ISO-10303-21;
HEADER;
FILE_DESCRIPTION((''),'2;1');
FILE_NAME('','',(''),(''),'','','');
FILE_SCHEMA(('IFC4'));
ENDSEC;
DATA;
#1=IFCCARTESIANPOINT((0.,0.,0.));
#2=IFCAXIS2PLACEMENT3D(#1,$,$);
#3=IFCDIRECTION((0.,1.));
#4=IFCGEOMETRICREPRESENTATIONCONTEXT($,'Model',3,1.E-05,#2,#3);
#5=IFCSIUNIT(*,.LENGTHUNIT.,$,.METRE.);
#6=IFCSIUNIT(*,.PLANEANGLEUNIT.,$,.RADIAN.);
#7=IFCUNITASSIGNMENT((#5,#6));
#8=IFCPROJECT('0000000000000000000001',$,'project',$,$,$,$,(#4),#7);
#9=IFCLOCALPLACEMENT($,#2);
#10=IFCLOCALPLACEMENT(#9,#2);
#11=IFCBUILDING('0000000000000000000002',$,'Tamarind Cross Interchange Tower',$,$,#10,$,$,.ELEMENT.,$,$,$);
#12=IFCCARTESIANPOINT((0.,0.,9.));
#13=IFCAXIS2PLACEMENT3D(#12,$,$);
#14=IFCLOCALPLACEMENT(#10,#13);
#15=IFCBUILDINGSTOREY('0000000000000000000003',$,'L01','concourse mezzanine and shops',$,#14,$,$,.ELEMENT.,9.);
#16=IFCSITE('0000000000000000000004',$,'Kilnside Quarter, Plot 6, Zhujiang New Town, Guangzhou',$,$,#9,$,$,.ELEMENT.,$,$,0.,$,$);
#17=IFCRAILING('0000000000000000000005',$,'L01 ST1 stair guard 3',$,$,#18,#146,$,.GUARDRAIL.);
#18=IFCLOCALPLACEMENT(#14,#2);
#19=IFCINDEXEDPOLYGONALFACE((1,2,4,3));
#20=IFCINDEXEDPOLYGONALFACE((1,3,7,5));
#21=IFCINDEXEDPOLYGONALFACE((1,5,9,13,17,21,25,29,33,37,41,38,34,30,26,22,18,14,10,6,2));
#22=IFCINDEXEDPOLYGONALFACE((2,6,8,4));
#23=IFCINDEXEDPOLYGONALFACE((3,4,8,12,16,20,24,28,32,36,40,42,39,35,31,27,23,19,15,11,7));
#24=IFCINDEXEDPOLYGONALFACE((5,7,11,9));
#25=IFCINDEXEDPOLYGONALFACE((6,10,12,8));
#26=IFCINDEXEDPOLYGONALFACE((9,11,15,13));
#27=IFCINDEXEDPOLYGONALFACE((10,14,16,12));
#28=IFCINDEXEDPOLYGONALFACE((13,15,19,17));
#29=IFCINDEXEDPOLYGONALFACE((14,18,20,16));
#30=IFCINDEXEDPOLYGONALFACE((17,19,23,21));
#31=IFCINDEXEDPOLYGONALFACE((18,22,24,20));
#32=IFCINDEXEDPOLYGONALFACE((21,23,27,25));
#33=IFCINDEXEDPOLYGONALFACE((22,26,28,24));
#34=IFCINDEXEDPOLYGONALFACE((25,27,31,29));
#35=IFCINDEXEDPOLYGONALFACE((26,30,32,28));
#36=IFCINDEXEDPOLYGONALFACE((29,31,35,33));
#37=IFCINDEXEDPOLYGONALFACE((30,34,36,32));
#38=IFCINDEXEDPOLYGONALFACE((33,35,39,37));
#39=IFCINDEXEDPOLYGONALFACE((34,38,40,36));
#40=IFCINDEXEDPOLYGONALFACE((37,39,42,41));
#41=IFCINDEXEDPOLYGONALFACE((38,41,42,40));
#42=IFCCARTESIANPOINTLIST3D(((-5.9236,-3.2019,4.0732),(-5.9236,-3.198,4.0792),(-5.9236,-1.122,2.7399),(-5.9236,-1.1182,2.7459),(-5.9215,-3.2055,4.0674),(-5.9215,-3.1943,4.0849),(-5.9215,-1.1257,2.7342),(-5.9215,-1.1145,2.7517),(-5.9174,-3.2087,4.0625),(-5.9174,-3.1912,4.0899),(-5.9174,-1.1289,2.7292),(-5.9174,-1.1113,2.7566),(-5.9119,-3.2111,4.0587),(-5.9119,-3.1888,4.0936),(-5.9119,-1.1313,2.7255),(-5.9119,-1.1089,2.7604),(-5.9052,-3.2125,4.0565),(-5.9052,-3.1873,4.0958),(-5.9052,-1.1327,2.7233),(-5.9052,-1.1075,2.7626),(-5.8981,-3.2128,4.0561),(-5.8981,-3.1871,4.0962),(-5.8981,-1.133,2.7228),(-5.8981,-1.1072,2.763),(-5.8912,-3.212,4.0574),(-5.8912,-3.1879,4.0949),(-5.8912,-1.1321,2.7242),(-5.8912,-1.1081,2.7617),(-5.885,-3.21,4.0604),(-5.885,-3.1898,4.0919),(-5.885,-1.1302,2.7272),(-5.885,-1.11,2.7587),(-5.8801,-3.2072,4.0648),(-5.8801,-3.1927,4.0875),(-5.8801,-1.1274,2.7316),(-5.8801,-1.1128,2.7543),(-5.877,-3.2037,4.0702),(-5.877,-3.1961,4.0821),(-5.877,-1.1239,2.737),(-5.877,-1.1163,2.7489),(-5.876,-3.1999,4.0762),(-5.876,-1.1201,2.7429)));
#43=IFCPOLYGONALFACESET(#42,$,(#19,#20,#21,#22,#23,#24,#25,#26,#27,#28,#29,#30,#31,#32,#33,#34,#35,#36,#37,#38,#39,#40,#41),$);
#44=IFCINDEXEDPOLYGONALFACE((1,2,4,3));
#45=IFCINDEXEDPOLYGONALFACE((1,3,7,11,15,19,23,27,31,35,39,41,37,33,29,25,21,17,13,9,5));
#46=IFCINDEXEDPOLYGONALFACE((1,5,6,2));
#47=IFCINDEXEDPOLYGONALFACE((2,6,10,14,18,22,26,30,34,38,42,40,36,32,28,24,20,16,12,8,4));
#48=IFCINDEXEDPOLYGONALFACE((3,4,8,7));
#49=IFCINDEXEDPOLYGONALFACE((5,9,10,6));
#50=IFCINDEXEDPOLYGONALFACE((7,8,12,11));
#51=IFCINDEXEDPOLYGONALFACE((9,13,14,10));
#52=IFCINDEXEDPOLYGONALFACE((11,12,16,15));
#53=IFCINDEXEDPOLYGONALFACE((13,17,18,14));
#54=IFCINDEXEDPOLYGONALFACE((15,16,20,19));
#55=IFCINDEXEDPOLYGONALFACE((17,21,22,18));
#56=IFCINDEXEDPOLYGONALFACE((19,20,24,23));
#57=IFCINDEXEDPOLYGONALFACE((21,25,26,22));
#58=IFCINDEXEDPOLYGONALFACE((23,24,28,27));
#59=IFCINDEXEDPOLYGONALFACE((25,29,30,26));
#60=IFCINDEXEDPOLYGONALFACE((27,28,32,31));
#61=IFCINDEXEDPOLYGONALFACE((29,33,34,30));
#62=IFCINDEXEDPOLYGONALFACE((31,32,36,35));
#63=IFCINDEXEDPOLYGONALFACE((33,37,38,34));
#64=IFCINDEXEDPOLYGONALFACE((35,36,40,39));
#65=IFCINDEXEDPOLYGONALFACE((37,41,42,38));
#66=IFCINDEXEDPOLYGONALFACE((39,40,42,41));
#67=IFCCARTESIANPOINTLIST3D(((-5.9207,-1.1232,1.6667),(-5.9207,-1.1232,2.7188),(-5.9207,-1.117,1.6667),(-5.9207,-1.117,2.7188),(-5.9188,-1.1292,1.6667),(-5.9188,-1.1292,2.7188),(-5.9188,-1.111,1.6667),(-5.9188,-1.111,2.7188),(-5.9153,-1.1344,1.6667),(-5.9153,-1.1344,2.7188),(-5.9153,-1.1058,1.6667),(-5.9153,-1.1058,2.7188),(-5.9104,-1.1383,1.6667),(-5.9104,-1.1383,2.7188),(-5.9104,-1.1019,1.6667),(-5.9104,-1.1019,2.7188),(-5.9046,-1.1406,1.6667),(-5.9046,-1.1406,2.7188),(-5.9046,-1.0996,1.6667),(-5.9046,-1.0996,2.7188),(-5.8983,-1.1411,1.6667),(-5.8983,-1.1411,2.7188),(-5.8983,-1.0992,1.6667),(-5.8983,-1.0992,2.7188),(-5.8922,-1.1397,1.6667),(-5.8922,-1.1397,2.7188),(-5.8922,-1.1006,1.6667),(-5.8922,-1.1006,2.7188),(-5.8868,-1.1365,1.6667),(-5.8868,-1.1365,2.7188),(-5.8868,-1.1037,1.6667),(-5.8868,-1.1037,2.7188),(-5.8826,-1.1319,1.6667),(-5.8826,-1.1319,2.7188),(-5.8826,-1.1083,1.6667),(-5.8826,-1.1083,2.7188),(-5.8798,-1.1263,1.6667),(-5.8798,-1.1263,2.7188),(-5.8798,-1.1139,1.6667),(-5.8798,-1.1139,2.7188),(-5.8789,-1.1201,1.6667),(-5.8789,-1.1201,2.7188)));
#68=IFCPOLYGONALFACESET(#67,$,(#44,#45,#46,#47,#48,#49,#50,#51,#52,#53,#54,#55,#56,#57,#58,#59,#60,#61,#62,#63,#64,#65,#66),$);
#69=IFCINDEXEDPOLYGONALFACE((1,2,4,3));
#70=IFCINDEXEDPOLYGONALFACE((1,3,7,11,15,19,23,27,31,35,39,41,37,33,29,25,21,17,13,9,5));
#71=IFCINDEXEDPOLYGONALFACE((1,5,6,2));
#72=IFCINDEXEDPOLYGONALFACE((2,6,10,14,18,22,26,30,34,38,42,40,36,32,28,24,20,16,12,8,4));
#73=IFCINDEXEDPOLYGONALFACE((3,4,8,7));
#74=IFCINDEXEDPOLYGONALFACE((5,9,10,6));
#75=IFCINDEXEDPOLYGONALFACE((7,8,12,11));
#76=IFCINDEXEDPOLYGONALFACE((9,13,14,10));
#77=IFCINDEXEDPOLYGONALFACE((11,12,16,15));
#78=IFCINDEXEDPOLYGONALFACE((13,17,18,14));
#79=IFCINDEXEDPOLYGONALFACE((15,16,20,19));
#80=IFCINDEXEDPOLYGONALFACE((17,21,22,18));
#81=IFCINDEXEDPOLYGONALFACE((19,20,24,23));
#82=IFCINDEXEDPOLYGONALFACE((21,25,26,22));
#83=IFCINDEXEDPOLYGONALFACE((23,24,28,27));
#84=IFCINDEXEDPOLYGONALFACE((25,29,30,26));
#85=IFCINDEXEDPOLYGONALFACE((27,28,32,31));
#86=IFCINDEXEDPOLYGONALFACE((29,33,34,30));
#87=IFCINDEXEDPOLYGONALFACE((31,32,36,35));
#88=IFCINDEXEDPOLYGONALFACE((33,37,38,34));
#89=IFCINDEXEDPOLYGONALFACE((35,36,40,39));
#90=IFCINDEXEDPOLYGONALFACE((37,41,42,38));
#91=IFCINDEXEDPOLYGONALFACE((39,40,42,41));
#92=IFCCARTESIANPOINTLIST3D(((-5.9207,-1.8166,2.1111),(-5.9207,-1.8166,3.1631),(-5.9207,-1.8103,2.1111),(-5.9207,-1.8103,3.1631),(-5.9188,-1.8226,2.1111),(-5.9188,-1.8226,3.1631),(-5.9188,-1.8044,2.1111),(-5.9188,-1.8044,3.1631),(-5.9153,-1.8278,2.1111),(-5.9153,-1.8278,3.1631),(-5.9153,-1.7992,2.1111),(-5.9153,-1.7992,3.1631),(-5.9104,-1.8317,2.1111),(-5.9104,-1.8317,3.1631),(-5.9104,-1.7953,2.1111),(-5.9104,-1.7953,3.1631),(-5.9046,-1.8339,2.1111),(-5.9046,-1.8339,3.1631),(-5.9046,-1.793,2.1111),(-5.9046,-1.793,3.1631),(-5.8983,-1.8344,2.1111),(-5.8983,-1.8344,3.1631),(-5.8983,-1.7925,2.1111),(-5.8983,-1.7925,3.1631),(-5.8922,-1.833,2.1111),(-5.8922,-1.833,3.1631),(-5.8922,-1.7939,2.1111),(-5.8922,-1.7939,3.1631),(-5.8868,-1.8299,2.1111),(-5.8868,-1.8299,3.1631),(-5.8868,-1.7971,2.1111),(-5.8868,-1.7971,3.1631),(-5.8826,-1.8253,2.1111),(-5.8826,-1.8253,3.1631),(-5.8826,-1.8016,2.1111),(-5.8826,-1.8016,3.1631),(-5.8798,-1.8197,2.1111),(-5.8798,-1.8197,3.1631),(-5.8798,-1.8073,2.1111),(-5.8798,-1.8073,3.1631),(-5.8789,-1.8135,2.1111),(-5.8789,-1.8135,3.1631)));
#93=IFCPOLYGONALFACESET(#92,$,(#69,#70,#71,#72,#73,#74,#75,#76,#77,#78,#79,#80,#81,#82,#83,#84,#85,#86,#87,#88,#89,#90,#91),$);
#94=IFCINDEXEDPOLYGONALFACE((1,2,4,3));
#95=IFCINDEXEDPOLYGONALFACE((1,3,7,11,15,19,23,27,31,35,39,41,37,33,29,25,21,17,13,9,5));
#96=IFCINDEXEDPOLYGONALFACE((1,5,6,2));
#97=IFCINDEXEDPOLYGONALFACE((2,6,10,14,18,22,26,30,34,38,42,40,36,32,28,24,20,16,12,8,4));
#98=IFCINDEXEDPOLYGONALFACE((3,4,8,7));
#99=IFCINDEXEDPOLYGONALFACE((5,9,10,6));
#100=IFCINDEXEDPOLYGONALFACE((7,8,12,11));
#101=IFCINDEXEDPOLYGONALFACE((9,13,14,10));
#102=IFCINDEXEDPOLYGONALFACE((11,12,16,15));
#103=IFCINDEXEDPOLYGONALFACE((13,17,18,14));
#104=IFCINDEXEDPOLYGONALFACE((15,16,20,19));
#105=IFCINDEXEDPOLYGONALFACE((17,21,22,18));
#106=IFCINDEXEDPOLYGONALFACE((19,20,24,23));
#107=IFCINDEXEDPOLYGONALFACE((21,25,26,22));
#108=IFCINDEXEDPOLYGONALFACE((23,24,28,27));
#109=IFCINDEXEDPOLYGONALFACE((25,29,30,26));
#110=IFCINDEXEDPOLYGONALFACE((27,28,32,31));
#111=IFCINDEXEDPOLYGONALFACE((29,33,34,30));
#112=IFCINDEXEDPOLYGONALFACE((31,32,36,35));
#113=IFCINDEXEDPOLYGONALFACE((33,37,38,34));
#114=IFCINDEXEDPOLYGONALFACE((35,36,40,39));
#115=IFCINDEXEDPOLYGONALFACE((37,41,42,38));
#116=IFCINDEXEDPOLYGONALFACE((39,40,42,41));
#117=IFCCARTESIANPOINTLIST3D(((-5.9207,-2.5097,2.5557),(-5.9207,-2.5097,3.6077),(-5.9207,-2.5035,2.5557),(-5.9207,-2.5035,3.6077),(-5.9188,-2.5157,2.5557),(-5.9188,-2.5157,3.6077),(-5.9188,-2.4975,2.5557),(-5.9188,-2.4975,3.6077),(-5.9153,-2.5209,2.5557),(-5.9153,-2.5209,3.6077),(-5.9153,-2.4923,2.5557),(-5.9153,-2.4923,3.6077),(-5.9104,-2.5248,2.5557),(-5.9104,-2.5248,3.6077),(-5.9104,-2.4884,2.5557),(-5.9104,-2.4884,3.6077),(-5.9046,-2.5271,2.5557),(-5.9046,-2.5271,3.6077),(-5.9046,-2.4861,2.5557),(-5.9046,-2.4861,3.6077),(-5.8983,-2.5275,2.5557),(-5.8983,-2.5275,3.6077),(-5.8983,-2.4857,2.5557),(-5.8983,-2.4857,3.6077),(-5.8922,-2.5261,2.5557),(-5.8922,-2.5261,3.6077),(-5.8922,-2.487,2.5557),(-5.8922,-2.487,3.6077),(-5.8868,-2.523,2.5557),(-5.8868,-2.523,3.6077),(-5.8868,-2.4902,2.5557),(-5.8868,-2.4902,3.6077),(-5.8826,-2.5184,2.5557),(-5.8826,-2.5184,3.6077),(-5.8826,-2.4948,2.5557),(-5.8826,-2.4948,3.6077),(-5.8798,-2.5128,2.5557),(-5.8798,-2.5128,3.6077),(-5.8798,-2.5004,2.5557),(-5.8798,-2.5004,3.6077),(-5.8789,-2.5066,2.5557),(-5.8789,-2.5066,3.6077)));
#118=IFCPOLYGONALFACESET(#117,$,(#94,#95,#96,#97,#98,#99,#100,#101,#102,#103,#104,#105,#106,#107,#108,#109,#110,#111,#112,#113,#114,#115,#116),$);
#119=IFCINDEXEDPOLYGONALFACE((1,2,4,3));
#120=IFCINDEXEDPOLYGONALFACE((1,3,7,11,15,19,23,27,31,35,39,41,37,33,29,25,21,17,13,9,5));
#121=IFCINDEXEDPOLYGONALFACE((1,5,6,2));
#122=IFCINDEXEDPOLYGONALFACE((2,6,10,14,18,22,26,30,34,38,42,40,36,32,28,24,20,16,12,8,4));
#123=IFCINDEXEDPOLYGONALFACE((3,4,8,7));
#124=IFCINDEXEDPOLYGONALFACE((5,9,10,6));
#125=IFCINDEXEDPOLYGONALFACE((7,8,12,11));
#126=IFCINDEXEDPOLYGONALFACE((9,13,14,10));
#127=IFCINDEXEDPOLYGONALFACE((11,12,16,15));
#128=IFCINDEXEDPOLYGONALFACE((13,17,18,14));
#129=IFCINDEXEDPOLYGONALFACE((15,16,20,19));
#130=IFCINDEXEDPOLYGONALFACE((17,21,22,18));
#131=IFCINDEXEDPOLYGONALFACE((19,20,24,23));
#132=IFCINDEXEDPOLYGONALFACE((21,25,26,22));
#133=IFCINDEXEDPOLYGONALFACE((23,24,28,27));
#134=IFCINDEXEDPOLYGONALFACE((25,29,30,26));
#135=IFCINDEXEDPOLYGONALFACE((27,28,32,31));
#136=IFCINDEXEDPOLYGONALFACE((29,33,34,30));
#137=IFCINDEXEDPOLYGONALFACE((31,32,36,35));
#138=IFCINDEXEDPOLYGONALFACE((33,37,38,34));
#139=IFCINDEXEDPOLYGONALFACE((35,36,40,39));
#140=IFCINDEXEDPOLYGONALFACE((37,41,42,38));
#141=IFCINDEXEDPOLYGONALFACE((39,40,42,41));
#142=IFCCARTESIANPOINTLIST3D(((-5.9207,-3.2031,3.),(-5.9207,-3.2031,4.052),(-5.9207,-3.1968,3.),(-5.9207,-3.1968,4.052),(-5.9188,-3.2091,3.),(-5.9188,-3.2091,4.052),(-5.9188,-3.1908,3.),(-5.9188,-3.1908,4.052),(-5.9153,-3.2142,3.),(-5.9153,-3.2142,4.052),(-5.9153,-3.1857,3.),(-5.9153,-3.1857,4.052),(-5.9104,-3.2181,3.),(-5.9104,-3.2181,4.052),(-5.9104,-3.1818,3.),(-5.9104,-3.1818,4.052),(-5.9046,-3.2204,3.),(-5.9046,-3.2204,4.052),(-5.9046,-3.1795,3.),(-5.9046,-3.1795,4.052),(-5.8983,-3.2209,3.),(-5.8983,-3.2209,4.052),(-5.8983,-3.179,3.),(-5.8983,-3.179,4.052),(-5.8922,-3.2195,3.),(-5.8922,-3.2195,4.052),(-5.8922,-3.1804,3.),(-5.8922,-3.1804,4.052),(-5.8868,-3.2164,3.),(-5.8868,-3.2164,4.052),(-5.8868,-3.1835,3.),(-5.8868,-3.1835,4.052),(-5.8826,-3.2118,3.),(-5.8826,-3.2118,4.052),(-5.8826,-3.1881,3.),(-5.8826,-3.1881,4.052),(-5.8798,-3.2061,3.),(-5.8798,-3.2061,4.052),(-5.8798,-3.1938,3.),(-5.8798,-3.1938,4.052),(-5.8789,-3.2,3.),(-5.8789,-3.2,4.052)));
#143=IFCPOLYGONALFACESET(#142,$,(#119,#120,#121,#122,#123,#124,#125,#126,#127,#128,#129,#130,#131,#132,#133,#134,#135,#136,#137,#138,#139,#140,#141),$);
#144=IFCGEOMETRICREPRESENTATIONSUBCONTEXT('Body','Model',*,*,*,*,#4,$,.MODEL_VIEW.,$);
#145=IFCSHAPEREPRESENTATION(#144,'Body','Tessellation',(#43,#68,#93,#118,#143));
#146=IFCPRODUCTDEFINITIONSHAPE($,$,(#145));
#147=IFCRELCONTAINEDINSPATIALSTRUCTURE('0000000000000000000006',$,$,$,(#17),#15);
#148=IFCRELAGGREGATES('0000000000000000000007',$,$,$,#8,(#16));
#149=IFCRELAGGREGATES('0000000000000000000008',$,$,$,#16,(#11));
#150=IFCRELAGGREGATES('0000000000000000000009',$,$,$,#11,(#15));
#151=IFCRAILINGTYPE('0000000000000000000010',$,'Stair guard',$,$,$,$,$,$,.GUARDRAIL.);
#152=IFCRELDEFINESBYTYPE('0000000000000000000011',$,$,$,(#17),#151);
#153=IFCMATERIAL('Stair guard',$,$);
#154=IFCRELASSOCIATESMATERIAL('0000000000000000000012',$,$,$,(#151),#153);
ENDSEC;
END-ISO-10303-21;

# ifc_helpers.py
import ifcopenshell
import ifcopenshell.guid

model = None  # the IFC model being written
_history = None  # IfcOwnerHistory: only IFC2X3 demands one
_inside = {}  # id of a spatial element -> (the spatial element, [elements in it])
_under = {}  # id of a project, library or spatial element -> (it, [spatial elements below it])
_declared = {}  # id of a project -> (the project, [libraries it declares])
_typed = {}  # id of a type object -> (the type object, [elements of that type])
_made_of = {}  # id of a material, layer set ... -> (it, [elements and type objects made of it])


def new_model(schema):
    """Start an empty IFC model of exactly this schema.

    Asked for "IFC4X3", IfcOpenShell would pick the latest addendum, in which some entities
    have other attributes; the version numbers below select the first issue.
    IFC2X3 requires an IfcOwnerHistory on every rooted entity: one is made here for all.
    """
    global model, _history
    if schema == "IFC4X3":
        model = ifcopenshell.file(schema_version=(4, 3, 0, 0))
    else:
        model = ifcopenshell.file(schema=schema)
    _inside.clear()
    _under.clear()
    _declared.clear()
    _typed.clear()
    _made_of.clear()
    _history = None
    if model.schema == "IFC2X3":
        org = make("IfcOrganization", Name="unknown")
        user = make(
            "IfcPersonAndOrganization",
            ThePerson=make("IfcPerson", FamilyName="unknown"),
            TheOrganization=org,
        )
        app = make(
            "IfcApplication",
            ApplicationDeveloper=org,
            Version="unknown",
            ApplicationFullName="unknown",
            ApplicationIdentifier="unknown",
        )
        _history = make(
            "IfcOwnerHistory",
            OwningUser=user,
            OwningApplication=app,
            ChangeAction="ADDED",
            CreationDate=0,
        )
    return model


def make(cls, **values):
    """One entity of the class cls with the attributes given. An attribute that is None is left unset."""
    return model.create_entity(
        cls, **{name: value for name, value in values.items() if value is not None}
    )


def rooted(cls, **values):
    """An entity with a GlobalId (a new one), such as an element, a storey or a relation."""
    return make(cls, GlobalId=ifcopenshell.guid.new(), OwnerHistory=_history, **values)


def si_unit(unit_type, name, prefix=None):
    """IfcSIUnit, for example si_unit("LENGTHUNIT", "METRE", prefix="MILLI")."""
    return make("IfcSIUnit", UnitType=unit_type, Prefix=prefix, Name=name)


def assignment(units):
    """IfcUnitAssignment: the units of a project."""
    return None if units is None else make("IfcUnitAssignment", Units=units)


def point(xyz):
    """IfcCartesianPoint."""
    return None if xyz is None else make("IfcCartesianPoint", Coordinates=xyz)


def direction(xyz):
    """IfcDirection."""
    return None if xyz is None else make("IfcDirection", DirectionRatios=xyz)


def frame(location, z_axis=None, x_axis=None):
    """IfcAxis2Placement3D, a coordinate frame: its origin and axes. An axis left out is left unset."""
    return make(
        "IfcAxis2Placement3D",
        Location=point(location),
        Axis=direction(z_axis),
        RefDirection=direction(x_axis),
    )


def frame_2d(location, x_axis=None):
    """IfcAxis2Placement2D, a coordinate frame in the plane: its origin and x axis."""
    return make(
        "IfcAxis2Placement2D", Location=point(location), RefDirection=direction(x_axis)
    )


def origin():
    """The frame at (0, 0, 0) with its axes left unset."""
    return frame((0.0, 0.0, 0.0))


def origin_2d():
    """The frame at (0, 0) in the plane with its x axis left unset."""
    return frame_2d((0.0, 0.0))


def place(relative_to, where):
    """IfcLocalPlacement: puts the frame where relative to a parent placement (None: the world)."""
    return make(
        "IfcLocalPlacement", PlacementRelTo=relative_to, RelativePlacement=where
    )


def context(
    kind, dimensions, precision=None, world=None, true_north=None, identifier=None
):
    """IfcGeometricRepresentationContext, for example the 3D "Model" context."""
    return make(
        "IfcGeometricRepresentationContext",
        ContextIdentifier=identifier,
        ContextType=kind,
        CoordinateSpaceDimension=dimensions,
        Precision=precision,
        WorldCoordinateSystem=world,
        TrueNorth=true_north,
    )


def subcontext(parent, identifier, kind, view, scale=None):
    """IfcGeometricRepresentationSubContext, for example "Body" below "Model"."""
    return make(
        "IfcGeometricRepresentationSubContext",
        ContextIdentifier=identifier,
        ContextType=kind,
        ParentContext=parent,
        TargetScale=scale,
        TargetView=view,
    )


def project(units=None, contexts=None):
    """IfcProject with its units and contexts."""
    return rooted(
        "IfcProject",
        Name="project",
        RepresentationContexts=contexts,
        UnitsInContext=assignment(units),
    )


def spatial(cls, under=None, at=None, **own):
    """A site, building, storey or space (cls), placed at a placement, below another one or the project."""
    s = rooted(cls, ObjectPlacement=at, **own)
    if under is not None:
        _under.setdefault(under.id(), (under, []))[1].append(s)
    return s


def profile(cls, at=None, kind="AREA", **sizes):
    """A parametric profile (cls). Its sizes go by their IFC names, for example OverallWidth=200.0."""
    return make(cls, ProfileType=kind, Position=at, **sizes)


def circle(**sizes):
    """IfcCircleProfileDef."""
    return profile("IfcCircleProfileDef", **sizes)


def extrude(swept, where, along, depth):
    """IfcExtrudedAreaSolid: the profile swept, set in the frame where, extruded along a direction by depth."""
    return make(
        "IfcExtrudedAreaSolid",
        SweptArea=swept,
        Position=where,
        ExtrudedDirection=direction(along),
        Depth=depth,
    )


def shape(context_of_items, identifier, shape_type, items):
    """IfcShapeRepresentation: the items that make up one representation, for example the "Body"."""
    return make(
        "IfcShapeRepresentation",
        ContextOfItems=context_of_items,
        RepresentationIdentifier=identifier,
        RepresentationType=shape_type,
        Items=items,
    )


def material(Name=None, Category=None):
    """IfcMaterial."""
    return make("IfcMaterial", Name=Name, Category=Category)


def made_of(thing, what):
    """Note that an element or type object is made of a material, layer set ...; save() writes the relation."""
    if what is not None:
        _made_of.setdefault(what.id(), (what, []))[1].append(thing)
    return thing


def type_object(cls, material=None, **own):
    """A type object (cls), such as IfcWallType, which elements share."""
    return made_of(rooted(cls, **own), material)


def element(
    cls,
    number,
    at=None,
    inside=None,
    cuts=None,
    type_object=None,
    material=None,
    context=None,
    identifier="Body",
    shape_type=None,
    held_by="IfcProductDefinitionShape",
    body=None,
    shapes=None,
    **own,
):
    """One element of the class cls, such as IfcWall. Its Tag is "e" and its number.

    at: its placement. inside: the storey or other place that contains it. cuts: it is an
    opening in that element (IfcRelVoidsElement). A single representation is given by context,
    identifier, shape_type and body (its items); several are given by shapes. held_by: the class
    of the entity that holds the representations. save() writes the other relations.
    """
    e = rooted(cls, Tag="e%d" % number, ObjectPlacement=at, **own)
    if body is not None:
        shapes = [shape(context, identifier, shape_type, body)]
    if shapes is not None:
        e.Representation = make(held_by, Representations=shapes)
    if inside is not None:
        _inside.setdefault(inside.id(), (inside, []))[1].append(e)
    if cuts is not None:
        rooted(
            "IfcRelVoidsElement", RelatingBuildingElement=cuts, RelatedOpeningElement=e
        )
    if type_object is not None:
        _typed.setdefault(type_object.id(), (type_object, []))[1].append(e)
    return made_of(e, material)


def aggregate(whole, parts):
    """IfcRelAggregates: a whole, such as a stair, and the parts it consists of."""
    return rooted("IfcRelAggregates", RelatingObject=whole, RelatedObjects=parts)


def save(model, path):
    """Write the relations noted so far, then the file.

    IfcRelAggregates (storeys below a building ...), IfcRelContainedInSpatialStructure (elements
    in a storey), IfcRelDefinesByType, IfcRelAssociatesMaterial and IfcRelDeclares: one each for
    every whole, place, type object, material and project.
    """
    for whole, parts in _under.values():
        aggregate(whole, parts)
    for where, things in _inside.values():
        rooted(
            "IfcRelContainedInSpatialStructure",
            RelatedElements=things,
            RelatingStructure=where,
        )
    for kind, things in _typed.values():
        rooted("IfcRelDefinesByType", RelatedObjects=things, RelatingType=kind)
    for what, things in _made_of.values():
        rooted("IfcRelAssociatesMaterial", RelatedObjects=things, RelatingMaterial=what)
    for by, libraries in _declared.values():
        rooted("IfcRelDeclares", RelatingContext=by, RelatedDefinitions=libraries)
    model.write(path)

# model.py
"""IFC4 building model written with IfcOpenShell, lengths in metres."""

from ifc_helpers import new_model, si_unit, direction, frame, origin, origin_2d, place, context, subcontext, project, spatial, circle, extrude, material, type_object, element, save


model = new_model("IFC4")

# Units and contexts
model_context = context("Model", 3, precision=1e-05, world=origin(), true_north=direction((0.0, 1.0)))
body_context = subcontext(model_context, "Body", "Model", "MODEL_VIEW")
ifc_project = project(units=[si_unit("LENGTHUNIT", "METRE"), si_unit("PLANEANGLEUNIT", "RADIAN")], contexts=[model_context])

# Site, building, storey
site_placement = place(None, origin())
site = spatial("IfcSite", under=ifc_project, at=site_placement, Name="Kilnside Quarter, Plot 6, Zhujiang New Town, Guangzhou", CompositionType="ELEMENT", RefElevation=0.0)
building_placement = place(site_placement, origin())
building = spatial("IfcBuilding", under=site, at=building_placement, Name="Tamarind Cross Interchange Tower", CompositionType="ELEMENT")
storey_placement = place(building_placement, frame((0.0, 0.0, 9.0)))
storey = spatial("IfcBuildingStorey", under=building, at=storey_placement, Name="L01", Description="concourse mezzanine and shops", CompositionType="ELEMENT", Elevation=9.0)

# Railing
ifc_material_1 = material(Name="Stair guard")
railing_type_1 = type_object("IfcRailingType", Name="Stair guard", PredefinedType="GUARDRAIL", material=ifc_material_1)
railing_1_placement = place(storey_placement, frame((-5.8999, -1.1201, 1.6667)))
element("IfcRailing", 1, at=railing_1_placement, inside=storey, type_object=railing_type_1, Name="L01 ST1 stair guard 3", PredefinedType="GUARDRAIL", context=body_context, shape_type="SweptSolid", body=[
    extrude(circle(Radius=0.0239, at=origin_2d()), frame((0.0, 0.0, 1.0762), z_axis=(0.0, -0.841875, 0.539673), x_axis=(1.0, 0.0, 0.0)), (0.0, 0.0, 1.0), 2.4705),
    extrude(circle(Radius=0.021, at=origin_2d()), origin(), (0.0, 0.0, 1.0), 1.052),
    extrude(circle(Radius=0.021, at=origin_2d()), frame((0.0, -0.6934, 0.4443)), (0.0, 0.0, 1.0), 1.052),
    extrude(circle(Radius=0.021, at=origin_2d()), frame((0.0, -1.3865, 0.8889)), (0.0, 0.0, 1.0), 1.052),
    extrude(circle(Radius=0.021, at=origin_2d()), frame((0.0, -2.0798, 1.3333)), (0.0, 0.0, 1.0), 1.052),
])

save(model, "model.ifc")
